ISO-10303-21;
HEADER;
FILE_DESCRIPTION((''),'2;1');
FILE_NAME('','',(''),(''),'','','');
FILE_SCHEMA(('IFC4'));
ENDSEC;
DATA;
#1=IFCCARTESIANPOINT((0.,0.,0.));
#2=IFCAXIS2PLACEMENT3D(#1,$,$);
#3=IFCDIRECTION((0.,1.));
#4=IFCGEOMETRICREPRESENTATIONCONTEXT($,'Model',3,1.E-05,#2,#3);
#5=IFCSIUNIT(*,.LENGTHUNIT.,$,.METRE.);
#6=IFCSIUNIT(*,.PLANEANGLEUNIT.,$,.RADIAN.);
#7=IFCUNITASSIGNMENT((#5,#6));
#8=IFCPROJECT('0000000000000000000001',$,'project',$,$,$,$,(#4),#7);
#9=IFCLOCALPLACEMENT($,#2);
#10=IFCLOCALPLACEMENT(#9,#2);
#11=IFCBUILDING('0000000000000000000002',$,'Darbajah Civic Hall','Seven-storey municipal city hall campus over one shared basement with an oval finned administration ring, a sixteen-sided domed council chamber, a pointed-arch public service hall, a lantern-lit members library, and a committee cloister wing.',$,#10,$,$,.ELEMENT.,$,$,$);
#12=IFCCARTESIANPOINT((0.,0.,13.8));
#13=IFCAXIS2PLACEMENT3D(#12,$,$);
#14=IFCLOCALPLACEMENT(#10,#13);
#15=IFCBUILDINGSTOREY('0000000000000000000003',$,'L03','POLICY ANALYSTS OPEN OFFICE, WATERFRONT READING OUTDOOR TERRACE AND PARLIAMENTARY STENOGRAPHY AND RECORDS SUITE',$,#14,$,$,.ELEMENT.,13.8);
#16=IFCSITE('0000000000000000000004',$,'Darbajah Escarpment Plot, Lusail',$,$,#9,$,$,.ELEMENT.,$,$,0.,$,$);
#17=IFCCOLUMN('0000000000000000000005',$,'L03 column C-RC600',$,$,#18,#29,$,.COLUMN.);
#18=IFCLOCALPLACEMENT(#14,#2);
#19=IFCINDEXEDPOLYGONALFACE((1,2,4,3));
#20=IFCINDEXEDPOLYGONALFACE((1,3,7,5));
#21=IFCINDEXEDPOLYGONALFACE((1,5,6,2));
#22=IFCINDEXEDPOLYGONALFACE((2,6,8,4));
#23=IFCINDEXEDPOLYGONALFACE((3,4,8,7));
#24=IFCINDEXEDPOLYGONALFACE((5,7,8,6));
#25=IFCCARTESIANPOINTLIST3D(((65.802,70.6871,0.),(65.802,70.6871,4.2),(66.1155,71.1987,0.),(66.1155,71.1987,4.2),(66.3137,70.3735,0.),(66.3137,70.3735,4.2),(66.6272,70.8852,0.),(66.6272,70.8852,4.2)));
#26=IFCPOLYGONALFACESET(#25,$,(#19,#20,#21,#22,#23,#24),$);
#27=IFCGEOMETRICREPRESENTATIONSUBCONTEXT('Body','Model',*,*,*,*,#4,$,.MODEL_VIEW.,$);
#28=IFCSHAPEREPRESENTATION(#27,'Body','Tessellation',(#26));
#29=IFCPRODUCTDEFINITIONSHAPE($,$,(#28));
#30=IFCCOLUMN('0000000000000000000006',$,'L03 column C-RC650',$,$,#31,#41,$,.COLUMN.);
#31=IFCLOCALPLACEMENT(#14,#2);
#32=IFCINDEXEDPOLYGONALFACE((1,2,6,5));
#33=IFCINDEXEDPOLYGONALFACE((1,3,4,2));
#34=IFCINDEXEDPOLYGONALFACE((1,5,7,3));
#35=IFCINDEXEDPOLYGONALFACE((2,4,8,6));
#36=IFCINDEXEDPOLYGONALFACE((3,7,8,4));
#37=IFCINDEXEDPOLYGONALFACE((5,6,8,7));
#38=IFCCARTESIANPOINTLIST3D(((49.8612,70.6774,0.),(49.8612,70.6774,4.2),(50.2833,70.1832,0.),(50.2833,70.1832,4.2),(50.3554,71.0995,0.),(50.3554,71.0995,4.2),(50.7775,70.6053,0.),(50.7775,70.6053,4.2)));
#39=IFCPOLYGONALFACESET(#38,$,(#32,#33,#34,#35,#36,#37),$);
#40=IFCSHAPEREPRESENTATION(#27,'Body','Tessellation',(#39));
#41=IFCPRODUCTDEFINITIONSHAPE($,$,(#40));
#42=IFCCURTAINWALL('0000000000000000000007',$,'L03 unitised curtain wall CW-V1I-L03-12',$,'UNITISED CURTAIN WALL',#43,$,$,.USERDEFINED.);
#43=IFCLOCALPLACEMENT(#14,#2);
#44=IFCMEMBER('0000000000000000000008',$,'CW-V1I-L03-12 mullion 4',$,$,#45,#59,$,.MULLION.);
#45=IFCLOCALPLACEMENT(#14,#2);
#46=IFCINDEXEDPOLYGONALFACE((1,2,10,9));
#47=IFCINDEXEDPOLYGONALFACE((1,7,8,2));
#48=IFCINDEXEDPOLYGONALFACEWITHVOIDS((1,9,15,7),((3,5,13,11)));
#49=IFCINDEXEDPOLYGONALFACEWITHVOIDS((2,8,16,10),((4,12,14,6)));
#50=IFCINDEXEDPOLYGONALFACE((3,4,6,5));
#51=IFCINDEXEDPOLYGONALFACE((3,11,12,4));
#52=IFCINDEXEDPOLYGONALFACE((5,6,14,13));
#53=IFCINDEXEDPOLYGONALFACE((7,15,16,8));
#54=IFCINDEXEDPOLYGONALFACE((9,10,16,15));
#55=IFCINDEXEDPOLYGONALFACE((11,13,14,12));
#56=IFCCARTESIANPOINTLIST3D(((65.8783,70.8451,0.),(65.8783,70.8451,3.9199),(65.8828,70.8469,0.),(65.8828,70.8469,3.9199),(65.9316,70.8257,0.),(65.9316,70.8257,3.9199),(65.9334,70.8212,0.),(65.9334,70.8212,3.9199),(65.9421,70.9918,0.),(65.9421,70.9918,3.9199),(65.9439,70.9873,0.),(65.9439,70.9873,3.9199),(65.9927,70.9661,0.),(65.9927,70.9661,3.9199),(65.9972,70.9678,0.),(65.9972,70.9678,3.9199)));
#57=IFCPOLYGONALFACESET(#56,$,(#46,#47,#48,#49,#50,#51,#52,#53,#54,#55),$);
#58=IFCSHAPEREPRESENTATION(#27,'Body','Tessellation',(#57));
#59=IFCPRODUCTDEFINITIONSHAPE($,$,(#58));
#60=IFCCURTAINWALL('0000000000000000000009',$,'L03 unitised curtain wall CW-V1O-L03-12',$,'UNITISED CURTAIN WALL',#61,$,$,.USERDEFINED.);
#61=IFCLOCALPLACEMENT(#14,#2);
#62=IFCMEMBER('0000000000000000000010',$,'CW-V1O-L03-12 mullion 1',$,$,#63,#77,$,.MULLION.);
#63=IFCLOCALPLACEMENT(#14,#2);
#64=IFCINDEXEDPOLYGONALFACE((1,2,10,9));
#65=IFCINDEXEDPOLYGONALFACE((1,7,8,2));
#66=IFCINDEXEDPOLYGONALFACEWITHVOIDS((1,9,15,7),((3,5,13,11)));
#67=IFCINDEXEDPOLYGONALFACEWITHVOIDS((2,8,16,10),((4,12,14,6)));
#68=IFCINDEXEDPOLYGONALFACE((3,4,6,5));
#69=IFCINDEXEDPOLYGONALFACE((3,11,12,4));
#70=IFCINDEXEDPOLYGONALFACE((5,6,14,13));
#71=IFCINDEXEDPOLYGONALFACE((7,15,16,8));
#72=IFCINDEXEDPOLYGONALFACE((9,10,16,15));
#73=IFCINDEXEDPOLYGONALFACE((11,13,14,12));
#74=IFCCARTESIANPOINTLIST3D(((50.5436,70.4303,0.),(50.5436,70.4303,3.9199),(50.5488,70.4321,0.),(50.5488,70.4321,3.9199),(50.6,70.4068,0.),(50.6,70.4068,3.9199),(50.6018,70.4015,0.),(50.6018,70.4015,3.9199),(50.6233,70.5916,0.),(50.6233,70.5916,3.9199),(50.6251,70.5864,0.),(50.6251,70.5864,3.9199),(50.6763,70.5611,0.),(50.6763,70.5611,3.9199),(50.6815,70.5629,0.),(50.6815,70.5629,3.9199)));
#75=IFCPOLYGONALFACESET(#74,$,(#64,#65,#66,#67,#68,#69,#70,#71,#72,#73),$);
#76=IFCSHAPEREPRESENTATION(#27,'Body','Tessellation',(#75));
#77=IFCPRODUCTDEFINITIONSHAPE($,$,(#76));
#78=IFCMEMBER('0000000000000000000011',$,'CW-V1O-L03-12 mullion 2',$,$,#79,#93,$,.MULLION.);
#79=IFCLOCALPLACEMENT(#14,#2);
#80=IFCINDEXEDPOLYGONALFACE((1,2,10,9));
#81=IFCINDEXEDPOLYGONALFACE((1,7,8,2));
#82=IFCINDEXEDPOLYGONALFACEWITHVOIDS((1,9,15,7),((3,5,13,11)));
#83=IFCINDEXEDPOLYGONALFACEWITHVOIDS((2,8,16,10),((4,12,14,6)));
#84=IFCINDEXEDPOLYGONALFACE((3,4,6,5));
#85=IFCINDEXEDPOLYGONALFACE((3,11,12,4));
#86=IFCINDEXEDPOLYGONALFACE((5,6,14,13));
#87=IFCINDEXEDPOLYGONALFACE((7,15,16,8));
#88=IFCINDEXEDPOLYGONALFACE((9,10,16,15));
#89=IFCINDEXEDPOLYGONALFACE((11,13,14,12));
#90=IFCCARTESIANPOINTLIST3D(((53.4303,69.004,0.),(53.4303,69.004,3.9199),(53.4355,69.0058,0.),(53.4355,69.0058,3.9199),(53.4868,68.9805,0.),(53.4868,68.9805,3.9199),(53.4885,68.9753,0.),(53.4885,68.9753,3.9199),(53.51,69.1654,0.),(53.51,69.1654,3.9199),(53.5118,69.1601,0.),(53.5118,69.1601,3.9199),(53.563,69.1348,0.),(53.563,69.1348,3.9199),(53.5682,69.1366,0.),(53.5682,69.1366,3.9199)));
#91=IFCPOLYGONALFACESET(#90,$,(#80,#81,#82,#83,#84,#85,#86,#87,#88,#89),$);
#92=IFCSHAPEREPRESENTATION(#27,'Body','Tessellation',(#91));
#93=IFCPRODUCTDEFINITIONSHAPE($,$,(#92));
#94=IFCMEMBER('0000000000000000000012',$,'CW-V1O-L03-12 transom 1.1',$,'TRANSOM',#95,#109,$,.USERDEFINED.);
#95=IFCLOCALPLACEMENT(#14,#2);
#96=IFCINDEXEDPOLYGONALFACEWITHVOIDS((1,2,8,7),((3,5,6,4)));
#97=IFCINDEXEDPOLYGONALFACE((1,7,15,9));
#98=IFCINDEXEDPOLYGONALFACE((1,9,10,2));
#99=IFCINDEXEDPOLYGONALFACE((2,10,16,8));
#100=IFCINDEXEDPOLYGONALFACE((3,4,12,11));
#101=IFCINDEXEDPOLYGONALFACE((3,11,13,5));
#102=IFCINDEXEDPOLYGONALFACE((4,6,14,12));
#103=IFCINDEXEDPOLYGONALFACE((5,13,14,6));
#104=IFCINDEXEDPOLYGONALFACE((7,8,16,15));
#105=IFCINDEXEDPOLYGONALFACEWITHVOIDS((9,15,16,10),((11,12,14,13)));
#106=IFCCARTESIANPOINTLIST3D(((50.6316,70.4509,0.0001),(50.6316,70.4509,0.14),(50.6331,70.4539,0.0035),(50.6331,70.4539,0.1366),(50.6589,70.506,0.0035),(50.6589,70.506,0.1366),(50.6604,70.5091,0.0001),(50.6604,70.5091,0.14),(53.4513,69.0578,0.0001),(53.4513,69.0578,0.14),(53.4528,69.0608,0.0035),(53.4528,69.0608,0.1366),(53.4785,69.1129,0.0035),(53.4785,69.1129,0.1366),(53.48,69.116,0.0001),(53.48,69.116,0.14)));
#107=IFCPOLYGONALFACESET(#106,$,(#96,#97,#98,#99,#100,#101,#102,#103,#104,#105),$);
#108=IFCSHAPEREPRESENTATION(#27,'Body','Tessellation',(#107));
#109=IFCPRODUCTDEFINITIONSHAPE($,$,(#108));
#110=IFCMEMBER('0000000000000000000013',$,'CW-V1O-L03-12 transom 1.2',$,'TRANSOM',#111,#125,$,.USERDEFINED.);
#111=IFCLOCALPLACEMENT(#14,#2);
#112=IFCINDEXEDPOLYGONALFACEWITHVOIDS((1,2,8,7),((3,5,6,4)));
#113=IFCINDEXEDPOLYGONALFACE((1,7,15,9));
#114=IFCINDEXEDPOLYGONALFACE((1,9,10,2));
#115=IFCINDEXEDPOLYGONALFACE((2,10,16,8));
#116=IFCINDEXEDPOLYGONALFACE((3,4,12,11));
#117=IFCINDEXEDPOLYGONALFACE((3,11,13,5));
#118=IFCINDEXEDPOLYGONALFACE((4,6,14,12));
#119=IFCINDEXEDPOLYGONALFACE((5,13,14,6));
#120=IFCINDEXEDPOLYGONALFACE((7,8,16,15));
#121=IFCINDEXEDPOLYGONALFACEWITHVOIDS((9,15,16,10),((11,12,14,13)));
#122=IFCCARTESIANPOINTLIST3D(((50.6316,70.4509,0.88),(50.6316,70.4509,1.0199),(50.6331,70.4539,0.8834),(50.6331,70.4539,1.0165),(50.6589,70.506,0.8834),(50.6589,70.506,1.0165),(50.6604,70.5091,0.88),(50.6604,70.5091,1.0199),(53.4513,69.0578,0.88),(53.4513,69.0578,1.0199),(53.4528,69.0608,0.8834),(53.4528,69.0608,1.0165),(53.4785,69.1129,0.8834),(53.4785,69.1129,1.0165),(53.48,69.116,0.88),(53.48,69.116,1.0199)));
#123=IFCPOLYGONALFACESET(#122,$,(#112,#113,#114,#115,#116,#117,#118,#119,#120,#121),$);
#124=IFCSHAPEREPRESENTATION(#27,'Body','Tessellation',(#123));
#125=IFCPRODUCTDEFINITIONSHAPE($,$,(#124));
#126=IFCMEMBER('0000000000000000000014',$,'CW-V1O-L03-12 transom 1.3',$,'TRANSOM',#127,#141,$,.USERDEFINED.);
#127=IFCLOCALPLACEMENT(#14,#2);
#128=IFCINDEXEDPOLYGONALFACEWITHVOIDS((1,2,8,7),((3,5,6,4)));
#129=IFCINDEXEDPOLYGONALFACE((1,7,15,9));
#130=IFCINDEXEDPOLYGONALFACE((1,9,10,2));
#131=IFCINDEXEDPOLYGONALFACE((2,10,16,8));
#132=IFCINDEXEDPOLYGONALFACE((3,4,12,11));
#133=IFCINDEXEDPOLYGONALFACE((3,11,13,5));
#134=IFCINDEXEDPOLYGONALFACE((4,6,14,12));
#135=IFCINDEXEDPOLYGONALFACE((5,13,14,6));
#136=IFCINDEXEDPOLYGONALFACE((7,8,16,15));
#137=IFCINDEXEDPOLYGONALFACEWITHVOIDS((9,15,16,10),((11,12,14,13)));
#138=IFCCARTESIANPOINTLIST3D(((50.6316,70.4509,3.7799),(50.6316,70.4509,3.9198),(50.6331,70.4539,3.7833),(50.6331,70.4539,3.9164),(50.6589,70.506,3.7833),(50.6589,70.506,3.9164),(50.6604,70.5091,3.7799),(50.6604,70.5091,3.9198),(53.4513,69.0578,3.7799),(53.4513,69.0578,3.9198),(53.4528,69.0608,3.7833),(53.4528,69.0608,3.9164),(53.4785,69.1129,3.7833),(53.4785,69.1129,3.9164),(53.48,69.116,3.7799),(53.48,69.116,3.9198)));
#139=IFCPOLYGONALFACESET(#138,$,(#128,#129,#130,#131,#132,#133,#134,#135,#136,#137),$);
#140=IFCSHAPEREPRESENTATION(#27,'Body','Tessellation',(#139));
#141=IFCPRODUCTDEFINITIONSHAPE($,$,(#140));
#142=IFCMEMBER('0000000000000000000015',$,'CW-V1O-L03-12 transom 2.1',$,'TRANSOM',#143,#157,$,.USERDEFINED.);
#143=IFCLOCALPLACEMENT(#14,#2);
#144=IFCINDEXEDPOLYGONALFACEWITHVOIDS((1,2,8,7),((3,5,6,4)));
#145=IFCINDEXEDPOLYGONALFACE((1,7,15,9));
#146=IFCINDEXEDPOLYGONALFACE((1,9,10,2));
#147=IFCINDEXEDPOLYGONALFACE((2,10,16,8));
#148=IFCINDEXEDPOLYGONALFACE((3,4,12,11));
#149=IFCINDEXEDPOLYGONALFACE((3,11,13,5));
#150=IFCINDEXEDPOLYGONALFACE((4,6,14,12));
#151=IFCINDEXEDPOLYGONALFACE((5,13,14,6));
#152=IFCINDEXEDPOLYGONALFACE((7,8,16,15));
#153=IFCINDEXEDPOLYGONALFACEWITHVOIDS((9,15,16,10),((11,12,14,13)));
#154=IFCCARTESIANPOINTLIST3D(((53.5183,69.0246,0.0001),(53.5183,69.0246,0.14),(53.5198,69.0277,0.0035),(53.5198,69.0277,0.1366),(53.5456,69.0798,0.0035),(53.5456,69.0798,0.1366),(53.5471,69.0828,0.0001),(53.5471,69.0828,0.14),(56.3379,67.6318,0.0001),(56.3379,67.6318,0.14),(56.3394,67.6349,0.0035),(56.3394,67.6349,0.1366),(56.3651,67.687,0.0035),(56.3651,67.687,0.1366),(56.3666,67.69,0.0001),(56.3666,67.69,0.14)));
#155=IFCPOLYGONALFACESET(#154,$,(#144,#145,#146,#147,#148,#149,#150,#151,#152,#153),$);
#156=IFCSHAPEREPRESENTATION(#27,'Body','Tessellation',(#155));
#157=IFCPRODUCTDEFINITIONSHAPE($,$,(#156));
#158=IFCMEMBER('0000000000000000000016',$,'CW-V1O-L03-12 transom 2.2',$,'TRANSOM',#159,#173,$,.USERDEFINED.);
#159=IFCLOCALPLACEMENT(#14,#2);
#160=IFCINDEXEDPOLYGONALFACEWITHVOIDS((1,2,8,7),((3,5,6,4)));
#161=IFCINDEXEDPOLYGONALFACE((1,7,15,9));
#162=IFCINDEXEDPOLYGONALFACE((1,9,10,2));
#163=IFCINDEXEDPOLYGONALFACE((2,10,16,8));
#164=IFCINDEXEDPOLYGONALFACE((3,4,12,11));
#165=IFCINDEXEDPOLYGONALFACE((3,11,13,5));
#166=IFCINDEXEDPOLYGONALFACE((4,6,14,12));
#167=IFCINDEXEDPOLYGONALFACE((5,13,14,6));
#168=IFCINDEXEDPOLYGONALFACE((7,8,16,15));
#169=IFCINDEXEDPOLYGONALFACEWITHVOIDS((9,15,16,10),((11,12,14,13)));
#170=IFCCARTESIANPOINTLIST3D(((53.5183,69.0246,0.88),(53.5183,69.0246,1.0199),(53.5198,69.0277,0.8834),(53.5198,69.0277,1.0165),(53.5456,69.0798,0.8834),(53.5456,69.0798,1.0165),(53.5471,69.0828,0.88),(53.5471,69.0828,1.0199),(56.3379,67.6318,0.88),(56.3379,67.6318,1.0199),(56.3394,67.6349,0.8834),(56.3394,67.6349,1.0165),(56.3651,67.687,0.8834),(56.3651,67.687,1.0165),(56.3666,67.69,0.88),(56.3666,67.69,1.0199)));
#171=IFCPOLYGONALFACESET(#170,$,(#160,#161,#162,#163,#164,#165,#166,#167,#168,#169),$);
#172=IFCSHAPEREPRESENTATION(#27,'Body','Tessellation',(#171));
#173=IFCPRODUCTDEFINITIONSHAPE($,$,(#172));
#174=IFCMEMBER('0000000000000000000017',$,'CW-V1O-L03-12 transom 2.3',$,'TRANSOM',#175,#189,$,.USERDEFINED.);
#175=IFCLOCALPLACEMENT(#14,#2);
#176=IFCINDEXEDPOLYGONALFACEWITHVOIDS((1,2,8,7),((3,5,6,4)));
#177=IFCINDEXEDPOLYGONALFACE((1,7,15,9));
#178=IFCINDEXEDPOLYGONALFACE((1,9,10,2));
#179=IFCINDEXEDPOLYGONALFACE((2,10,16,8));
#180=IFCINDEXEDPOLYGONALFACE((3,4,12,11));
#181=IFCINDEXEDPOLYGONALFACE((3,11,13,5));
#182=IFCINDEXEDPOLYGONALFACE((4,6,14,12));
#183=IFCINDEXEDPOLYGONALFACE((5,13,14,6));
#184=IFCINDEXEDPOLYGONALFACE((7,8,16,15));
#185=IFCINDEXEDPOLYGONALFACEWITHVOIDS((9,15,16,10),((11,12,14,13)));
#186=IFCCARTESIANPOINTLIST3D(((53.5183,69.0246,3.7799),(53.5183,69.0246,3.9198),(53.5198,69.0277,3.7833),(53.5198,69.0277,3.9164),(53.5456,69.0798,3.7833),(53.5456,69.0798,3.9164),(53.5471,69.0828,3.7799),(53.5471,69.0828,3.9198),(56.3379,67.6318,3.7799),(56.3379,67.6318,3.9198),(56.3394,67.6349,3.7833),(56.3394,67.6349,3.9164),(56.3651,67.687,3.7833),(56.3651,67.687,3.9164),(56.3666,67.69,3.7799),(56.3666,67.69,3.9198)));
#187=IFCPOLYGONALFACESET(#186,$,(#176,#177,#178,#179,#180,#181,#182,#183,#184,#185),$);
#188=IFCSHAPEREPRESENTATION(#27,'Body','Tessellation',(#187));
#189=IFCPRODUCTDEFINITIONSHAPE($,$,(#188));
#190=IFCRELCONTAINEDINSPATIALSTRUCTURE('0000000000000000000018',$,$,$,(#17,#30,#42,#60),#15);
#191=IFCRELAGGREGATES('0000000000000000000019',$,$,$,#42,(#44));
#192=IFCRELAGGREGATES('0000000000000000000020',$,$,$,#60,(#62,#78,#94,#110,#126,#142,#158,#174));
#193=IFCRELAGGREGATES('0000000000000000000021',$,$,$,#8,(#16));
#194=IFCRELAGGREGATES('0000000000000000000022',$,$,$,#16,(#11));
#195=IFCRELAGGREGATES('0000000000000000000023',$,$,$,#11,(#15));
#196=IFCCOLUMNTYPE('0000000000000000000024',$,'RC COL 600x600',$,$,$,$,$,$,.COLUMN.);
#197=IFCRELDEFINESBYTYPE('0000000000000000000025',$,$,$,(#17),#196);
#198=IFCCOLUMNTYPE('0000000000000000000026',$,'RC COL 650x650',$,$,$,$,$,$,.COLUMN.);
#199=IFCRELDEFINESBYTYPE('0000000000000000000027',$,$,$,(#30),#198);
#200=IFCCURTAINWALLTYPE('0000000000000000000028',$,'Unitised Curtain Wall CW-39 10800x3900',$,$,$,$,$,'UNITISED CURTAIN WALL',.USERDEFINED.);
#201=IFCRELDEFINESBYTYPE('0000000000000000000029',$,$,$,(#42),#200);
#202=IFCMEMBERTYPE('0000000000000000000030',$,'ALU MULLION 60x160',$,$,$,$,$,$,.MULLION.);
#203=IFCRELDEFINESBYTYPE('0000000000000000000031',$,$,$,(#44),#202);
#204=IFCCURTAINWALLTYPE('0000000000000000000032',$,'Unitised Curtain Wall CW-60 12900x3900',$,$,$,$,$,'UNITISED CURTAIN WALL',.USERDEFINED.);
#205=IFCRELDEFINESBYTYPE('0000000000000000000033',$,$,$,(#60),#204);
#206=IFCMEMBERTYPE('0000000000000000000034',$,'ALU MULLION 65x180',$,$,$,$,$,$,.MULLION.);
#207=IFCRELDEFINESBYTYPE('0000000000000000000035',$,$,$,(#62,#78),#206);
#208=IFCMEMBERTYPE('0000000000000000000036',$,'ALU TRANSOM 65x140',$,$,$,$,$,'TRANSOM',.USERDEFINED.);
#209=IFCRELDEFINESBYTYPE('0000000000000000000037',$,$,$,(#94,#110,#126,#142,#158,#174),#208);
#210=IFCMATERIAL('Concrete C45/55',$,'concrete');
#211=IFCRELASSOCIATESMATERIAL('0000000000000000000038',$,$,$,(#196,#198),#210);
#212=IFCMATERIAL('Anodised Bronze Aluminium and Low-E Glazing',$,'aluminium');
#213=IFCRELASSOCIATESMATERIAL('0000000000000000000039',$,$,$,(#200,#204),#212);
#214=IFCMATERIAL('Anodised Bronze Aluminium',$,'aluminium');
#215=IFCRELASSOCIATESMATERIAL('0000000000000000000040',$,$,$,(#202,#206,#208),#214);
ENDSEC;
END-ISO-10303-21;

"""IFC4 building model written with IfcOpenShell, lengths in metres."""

from ifc_helpers import new_model, si_unit, direction, frame, origin, origin_2d, place, context, subcontext, project, spatial, rectangle, hollow_rectangle, extrude, material, material_profile, profile_set, type_object, element, aggregate, save


model = new_model("IFC4")

# Units and contexts
model_context = context("Model", 3, precision=1e-05, world=origin(), true_north=direction((0.0, 1.0)))
body_context = subcontext(model_context, "Body", "Model", "MODEL_VIEW")
ifc_project = project(units=[si_unit("LENGTHUNIT", "METRE"), si_unit("PLANEANGLEUNIT", "RADIAN")], contexts=[model_context])

# Site, building, storey
site_placement = place(None, origin())
site = spatial("IfcSite", under=ifc_project, at=site_placement, Name="Darbajah Escarpment Plot, Lusail", CompositionType="ELEMENT", RefElevation=0.0)
building_placement = place(site_placement, origin())
building = spatial("IfcBuilding", under=site, at=building_placement, Name="Darbajah Civic Hall", Description="Seven-storey municipal city hall campus over one shared basement with an oval finned administration ring, a sixteen-sided domed council chamber, a pointed-arch public service hall, a lantern-lit members library, and a committee cloister wing.", CompositionType="ELEMENT")
storey_placement = place(building_placement, frame((0.0, 0.0, 13.8)))
storey = spatial("IfcBuildingStorey", under=building, at=storey_placement, Name="L03", Description="POLICY ANALYSTS OPEN OFFICE, WATERFRONT READING OUTDOOR TERRACE AND PARLIAMENTARY STENOGRAPHY AND RECORDS SUITE", CompositionType="ELEMENT", Elevation=13.8)

# Columns
ifc_material_1 = material(Name="Concrete C45/55", Category="concrete")
ifc_material_profile_1 = material_profile(ifc_material_1, rectangle(XDim=0.6001, YDim=0.6001, at=origin_2d()), Name="RC COL 600x600")
ifc_profile_set_1 = profile_set([ifc_material_profile_1], Name="Concrete C45/55")
column_type_1 = type_object("IfcColumnType", Name="RC COL 600x600", PredefinedType="COLUMN", material=ifc_profile_set_1)
column_1_placement = place(storey_placement, frame((66.2146, 70.7861, 0.0), z_axis=(0.0, 0.0, 1.0), x_axis=(-0.522499, -0.85264, 0.0)))
element("IfcColumn", 1, at=column_1_placement, inside=storey, type_object=column_type_1, Name="L03 column C-RC600", PredefinedType="COLUMN", context=body_context, shape_type="SweptSolid", body=[
    extrude(rectangle(XDim=0.6001, YDim=0.6001, at=origin_2d()), origin(), (0.0, 0.0, 1.0), 4.2),
])
ifc_material_profile_2 = material_profile(ifc_material_1, rectangle(XDim=0.6499, YDim=0.6499, at=origin_2d()), Name="RC COL 650x650")
ifc_profile_set_2 = profile_set([ifc_material_profile_2], Name="Concrete C45/55")
column_type_2 = type_object("IfcColumnType", Name="RC COL 650x650", PredefinedType="COLUMN", material=ifc_profile_set_2)
column_2_placement = place(storey_placement, frame((50.3193, 70.6414, 0.0), z_axis=(0.0, 0.0, 1.0), x_axis=(-0.760406, -0.649448, 0.0)))
element("IfcColumn", 2, at=column_2_placement, inside=storey, type_object=column_type_2, Name="L03 column C-RC650", PredefinedType="COLUMN", context=body_context, shape_type="SweptSolid", body=[
    extrude(rectangle(XDim=0.6499, YDim=0.6499, at=origin_2d()), origin(), (0.0, 0.0, 1.0), 4.2),
])

# Curtain wall, member
ifc_material_2 = material(Name="Anodised Bronze Aluminium and Low-E Glazing", Category="aluminium")
curtain_wall_type_1 = type_object("IfcCurtainWallType", Name="Unitised Curtain Wall CW-39 10800x3900", ElementType="UNITISED CURTAIN WALL", PredefinedType="USERDEFINED", material=ifc_material_2)
curtain_wall_1_placement = place(storey_placement, origin())
curtain_wall_1 = element("IfcCurtainWall", 3, at=curtain_wall_1_placement, inside=storey, type_object=curtain_wall_type_1, Name="L03 unitised curtain wall CW-V1I-L03-12", ObjectType="UNITISED CURTAIN WALL", PredefinedType="USERDEFINED")
ifc_material_3 = material(Name="Anodised Bronze Aluminium", Category="aluminium")
ifc_material_profile_3 = material_profile(ifc_material_3, hollow_rectangle(XDim=0.0601, YDim=0.1599, WallThickness=0.0034, at=origin_2d()), Name="ALU MULLION 60x160")
ifc_profile_set_3 = profile_set([ifc_material_profile_3], Name="Anodised Bronze Aluminium")
member_type_1 = type_object("IfcMemberType", Name="ALU MULLION 60x160", PredefinedType="MULLION", material=ifc_profile_set_3)
member_1_placement = place(storey_placement, frame((65.9377, 70.9065, 0.0), z_axis=(0.0, 0.0, 1.0), x_axis=(0.91706, -0.398749, 0.0)))
member_1 = element("IfcMember", 4, at=member_1_placement, type_object=member_type_1, Name="CW-V1I-L03-12 mullion 4", PredefinedType="MULLION", context=body_context, shape_type="SweptSolid", body=[
    extrude(hollow_rectangle(XDim=0.0601, YDim=0.1599, WallThickness=0.0034, at=origin_2d()), origin(), (0.0, 0.0, 1.0), 3.9199),
])

# Curtain wall, members
curtain_wall_type_2 = type_object("IfcCurtainWallType", Name="Unitised Curtain Wall CW-60 12900x3900", ElementType="UNITISED CURTAIN WALL", PredefinedType="USERDEFINED", material=ifc_material_2)
curtain_wall_2_placement = place(storey_placement, origin())
curtain_wall_2 = element("IfcCurtainWall", 5, at=curtain_wall_2_placement, inside=storey, type_object=curtain_wall_type_2, Name="L03 unitised curtain wall CW-V1O-L03-12", ObjectType="UNITISED CURTAIN WALL", PredefinedType="USERDEFINED")
ifc_material_profile_4 = material_profile(ifc_material_3, hollow_rectangle(XDim=0.0649, YDim=0.1799, WallThickness=0.0039, at=origin_2d()), Name="ALU MULLION 65x180")
ifc_profile_set_4 = profile_set([ifc_material_profile_4], Name="Anodised Bronze Aluminium")
member_type_2 = type_object("IfcMemberType", Name="ALU MULLION 65x180", PredefinedType="MULLION", material=ifc_profile_set_4)
member_2_placement = place(storey_placement, frame((50.6125, 70.4966, 0.0), z_axis=(0.0, 0.0, 1.0), x_axis=(0.896564, -0.442915, 0.0)))
member_2 = element("IfcMember", 6, at=member_2_placement, type_object=member_type_2, Name="CW-V1O-L03-12 mullion 1", PredefinedType="MULLION", context=body_context, shape_type="SweptSolid", body=[
    extrude(hollow_rectangle(XDim=0.0649, YDim=0.1799, WallThickness=0.0039, at=origin_2d()), origin(), (0.0, 0.0, 1.0), 3.9199),
])
member_3_placement = place(storey_placement, frame((53.4993, 69.0703, 0.0), z_axis=(0.0, 0.0, 1.0), x_axis=(0.896564, -0.442915, 0.0)))
member_3 = element("IfcMember", 7, at=member_3_placement, type_object=member_type_2, Name="CW-V1O-L03-12 mullion 2", PredefinedType="MULLION", context=body_context, shape_type="SweptSolid", body=[
    extrude(hollow_rectangle(XDim=0.0649, YDim=0.1799, WallThickness=0.0039, at=origin_2d()), origin(), (0.0, 0.0, 1.0), 3.9199),
])
ifc_material_profile_5 = material_profile(ifc_material_3, hollow_rectangle(XDim=0.0649, YDim=0.1399, WallThickness=0.0034, at=origin_2d()), Name="ALU TRANSOM 65x140")
ifc_profile_set_5 = profile_set([ifc_material_profile_5], Name="Anodised Bronze Aluminium")
member_type_3 = type_object("IfcMemberType", Name="ALU TRANSOM 65x140", ElementType="TRANSOM", PredefinedType="USERDEFINED", material=ifc_profile_set_5)
member_4_placement = place(storey_placement, frame((50.646, 70.48, 0.0701), z_axis=(0.896544, -0.442954, 0.0), x_axis=(0.442954, 0.896544, 0.0)))
member_4 = element("IfcMember", 8, at=member_4_placement, type_object=member_type_3, Name="CW-V1O-L03-12 transom 1.1", ObjectType="TRANSOM", PredefinedType="USERDEFINED", context=body_context, shape_type="SweptSolid", body=[
    extrude(hollow_rectangle(XDim=0.0649, YDim=0.1399, WallThickness=0.0034, at=origin_2d()), origin(), (0.0, 0.0, 1.0), 3.145),
])
member_5_placement = place(storey_placement, frame((50.646, 70.48, 0.95), z_axis=(0.896544, -0.442954, 0.0), x_axis=(0.442954, 0.896544, 0.0)))
member_5 = element("IfcMember", 9, at=member_5_placement, type_object=member_type_3, Name="CW-V1O-L03-12 transom 1.2", ObjectType="TRANSOM", PredefinedType="USERDEFINED", context=body_context, shape_type="SweptSolid", body=[
    extrude(hollow_rectangle(XDim=0.0649, YDim=0.1399, WallThickness=0.0034, at=origin_2d()), origin(), (0.0, 0.0, 1.0), 3.145),
])
member_6_placement = place(storey_placement, frame((50.646, 70.48, 3.8499), z_axis=(0.896544, -0.442954, 0.0), x_axis=(0.442954, 0.896544, 0.0)))
member_6 = element("IfcMember", 10, at=member_6_placement, type_object=member_type_3, Name="CW-V1O-L03-12 transom 1.3", ObjectType="TRANSOM", PredefinedType="USERDEFINED", context=body_context, shape_type="SweptSolid", body=[
    extrude(hollow_rectangle(XDim=0.0649, YDim=0.1399, WallThickness=0.0034, at=origin_2d()), origin(), (0.0, 0.0, 1.0), 3.145),
])
member_7_placement = place(storey_placement, frame((53.5327, 69.0537, 0.0701), z_axis=(0.896575, -0.442892, 0.0), x_axis=(0.442892, 0.896575, 0.0)))
member_7 = element("IfcMember", 11, at=member_7_placement, type_object=member_type_3, Name="CW-V1O-L03-12 transom 2.1", ObjectType="TRANSOM", PredefinedType="USERDEFINED", context=body_context, shape_type="SweptSolid", body=[
    extrude(hollow_rectangle(XDim=0.0649, YDim=0.1399, WallThickness=0.0034, at=origin_2d()), origin(), (0.0, 0.0, 1.0), 3.1448),
])
member_8_placement = place(storey_placement, frame((53.5327, 69.0537, 0.95), z_axis=(0.896575, -0.442892, 0.0), x_axis=(0.442892, 0.896575, 0.0)))
member_8 = element("IfcMember", 12, at=member_8_placement, type_object=member_type_3, Name="CW-V1O-L03-12 transom 2.2", ObjectType="TRANSOM", PredefinedType="USERDEFINED", context=body_context, shape_type="SweptSolid", body=[
    extrude(hollow_rectangle(XDim=0.0649, YDim=0.1399, WallThickness=0.0034, at=origin_2d()), origin(), (0.0, 0.0, 1.0), 3.1448),
])
member_9_placement = place(storey_placement, frame((53.5327, 69.0537, 3.8499), z_axis=(0.896575, -0.442892, 0.0), x_axis=(0.442892, 0.896575, 0.0)))
member_9 = element("IfcMember", 13, at=member_9_placement, type_object=member_type_3, Name="CW-V1O-L03-12 transom 2.3", ObjectType="TRANSOM", PredefinedType="USERDEFINED", context=body_context, shape_type="SweptSolid", body=[
    extrude(hollow_rectangle(XDim=0.0649, YDim=0.1399, WallThickness=0.0034, at=origin_2d()), origin(), (0.0, 0.0, 1.0), 3.1448),
])

aggregate(curtain_wall_1, [member_1])
aggregate(curtain_wall_2, [member_2, member_3, member_4, member_5, member_6, member_7, member_8, member_9])

save(model, "model.ifc")
